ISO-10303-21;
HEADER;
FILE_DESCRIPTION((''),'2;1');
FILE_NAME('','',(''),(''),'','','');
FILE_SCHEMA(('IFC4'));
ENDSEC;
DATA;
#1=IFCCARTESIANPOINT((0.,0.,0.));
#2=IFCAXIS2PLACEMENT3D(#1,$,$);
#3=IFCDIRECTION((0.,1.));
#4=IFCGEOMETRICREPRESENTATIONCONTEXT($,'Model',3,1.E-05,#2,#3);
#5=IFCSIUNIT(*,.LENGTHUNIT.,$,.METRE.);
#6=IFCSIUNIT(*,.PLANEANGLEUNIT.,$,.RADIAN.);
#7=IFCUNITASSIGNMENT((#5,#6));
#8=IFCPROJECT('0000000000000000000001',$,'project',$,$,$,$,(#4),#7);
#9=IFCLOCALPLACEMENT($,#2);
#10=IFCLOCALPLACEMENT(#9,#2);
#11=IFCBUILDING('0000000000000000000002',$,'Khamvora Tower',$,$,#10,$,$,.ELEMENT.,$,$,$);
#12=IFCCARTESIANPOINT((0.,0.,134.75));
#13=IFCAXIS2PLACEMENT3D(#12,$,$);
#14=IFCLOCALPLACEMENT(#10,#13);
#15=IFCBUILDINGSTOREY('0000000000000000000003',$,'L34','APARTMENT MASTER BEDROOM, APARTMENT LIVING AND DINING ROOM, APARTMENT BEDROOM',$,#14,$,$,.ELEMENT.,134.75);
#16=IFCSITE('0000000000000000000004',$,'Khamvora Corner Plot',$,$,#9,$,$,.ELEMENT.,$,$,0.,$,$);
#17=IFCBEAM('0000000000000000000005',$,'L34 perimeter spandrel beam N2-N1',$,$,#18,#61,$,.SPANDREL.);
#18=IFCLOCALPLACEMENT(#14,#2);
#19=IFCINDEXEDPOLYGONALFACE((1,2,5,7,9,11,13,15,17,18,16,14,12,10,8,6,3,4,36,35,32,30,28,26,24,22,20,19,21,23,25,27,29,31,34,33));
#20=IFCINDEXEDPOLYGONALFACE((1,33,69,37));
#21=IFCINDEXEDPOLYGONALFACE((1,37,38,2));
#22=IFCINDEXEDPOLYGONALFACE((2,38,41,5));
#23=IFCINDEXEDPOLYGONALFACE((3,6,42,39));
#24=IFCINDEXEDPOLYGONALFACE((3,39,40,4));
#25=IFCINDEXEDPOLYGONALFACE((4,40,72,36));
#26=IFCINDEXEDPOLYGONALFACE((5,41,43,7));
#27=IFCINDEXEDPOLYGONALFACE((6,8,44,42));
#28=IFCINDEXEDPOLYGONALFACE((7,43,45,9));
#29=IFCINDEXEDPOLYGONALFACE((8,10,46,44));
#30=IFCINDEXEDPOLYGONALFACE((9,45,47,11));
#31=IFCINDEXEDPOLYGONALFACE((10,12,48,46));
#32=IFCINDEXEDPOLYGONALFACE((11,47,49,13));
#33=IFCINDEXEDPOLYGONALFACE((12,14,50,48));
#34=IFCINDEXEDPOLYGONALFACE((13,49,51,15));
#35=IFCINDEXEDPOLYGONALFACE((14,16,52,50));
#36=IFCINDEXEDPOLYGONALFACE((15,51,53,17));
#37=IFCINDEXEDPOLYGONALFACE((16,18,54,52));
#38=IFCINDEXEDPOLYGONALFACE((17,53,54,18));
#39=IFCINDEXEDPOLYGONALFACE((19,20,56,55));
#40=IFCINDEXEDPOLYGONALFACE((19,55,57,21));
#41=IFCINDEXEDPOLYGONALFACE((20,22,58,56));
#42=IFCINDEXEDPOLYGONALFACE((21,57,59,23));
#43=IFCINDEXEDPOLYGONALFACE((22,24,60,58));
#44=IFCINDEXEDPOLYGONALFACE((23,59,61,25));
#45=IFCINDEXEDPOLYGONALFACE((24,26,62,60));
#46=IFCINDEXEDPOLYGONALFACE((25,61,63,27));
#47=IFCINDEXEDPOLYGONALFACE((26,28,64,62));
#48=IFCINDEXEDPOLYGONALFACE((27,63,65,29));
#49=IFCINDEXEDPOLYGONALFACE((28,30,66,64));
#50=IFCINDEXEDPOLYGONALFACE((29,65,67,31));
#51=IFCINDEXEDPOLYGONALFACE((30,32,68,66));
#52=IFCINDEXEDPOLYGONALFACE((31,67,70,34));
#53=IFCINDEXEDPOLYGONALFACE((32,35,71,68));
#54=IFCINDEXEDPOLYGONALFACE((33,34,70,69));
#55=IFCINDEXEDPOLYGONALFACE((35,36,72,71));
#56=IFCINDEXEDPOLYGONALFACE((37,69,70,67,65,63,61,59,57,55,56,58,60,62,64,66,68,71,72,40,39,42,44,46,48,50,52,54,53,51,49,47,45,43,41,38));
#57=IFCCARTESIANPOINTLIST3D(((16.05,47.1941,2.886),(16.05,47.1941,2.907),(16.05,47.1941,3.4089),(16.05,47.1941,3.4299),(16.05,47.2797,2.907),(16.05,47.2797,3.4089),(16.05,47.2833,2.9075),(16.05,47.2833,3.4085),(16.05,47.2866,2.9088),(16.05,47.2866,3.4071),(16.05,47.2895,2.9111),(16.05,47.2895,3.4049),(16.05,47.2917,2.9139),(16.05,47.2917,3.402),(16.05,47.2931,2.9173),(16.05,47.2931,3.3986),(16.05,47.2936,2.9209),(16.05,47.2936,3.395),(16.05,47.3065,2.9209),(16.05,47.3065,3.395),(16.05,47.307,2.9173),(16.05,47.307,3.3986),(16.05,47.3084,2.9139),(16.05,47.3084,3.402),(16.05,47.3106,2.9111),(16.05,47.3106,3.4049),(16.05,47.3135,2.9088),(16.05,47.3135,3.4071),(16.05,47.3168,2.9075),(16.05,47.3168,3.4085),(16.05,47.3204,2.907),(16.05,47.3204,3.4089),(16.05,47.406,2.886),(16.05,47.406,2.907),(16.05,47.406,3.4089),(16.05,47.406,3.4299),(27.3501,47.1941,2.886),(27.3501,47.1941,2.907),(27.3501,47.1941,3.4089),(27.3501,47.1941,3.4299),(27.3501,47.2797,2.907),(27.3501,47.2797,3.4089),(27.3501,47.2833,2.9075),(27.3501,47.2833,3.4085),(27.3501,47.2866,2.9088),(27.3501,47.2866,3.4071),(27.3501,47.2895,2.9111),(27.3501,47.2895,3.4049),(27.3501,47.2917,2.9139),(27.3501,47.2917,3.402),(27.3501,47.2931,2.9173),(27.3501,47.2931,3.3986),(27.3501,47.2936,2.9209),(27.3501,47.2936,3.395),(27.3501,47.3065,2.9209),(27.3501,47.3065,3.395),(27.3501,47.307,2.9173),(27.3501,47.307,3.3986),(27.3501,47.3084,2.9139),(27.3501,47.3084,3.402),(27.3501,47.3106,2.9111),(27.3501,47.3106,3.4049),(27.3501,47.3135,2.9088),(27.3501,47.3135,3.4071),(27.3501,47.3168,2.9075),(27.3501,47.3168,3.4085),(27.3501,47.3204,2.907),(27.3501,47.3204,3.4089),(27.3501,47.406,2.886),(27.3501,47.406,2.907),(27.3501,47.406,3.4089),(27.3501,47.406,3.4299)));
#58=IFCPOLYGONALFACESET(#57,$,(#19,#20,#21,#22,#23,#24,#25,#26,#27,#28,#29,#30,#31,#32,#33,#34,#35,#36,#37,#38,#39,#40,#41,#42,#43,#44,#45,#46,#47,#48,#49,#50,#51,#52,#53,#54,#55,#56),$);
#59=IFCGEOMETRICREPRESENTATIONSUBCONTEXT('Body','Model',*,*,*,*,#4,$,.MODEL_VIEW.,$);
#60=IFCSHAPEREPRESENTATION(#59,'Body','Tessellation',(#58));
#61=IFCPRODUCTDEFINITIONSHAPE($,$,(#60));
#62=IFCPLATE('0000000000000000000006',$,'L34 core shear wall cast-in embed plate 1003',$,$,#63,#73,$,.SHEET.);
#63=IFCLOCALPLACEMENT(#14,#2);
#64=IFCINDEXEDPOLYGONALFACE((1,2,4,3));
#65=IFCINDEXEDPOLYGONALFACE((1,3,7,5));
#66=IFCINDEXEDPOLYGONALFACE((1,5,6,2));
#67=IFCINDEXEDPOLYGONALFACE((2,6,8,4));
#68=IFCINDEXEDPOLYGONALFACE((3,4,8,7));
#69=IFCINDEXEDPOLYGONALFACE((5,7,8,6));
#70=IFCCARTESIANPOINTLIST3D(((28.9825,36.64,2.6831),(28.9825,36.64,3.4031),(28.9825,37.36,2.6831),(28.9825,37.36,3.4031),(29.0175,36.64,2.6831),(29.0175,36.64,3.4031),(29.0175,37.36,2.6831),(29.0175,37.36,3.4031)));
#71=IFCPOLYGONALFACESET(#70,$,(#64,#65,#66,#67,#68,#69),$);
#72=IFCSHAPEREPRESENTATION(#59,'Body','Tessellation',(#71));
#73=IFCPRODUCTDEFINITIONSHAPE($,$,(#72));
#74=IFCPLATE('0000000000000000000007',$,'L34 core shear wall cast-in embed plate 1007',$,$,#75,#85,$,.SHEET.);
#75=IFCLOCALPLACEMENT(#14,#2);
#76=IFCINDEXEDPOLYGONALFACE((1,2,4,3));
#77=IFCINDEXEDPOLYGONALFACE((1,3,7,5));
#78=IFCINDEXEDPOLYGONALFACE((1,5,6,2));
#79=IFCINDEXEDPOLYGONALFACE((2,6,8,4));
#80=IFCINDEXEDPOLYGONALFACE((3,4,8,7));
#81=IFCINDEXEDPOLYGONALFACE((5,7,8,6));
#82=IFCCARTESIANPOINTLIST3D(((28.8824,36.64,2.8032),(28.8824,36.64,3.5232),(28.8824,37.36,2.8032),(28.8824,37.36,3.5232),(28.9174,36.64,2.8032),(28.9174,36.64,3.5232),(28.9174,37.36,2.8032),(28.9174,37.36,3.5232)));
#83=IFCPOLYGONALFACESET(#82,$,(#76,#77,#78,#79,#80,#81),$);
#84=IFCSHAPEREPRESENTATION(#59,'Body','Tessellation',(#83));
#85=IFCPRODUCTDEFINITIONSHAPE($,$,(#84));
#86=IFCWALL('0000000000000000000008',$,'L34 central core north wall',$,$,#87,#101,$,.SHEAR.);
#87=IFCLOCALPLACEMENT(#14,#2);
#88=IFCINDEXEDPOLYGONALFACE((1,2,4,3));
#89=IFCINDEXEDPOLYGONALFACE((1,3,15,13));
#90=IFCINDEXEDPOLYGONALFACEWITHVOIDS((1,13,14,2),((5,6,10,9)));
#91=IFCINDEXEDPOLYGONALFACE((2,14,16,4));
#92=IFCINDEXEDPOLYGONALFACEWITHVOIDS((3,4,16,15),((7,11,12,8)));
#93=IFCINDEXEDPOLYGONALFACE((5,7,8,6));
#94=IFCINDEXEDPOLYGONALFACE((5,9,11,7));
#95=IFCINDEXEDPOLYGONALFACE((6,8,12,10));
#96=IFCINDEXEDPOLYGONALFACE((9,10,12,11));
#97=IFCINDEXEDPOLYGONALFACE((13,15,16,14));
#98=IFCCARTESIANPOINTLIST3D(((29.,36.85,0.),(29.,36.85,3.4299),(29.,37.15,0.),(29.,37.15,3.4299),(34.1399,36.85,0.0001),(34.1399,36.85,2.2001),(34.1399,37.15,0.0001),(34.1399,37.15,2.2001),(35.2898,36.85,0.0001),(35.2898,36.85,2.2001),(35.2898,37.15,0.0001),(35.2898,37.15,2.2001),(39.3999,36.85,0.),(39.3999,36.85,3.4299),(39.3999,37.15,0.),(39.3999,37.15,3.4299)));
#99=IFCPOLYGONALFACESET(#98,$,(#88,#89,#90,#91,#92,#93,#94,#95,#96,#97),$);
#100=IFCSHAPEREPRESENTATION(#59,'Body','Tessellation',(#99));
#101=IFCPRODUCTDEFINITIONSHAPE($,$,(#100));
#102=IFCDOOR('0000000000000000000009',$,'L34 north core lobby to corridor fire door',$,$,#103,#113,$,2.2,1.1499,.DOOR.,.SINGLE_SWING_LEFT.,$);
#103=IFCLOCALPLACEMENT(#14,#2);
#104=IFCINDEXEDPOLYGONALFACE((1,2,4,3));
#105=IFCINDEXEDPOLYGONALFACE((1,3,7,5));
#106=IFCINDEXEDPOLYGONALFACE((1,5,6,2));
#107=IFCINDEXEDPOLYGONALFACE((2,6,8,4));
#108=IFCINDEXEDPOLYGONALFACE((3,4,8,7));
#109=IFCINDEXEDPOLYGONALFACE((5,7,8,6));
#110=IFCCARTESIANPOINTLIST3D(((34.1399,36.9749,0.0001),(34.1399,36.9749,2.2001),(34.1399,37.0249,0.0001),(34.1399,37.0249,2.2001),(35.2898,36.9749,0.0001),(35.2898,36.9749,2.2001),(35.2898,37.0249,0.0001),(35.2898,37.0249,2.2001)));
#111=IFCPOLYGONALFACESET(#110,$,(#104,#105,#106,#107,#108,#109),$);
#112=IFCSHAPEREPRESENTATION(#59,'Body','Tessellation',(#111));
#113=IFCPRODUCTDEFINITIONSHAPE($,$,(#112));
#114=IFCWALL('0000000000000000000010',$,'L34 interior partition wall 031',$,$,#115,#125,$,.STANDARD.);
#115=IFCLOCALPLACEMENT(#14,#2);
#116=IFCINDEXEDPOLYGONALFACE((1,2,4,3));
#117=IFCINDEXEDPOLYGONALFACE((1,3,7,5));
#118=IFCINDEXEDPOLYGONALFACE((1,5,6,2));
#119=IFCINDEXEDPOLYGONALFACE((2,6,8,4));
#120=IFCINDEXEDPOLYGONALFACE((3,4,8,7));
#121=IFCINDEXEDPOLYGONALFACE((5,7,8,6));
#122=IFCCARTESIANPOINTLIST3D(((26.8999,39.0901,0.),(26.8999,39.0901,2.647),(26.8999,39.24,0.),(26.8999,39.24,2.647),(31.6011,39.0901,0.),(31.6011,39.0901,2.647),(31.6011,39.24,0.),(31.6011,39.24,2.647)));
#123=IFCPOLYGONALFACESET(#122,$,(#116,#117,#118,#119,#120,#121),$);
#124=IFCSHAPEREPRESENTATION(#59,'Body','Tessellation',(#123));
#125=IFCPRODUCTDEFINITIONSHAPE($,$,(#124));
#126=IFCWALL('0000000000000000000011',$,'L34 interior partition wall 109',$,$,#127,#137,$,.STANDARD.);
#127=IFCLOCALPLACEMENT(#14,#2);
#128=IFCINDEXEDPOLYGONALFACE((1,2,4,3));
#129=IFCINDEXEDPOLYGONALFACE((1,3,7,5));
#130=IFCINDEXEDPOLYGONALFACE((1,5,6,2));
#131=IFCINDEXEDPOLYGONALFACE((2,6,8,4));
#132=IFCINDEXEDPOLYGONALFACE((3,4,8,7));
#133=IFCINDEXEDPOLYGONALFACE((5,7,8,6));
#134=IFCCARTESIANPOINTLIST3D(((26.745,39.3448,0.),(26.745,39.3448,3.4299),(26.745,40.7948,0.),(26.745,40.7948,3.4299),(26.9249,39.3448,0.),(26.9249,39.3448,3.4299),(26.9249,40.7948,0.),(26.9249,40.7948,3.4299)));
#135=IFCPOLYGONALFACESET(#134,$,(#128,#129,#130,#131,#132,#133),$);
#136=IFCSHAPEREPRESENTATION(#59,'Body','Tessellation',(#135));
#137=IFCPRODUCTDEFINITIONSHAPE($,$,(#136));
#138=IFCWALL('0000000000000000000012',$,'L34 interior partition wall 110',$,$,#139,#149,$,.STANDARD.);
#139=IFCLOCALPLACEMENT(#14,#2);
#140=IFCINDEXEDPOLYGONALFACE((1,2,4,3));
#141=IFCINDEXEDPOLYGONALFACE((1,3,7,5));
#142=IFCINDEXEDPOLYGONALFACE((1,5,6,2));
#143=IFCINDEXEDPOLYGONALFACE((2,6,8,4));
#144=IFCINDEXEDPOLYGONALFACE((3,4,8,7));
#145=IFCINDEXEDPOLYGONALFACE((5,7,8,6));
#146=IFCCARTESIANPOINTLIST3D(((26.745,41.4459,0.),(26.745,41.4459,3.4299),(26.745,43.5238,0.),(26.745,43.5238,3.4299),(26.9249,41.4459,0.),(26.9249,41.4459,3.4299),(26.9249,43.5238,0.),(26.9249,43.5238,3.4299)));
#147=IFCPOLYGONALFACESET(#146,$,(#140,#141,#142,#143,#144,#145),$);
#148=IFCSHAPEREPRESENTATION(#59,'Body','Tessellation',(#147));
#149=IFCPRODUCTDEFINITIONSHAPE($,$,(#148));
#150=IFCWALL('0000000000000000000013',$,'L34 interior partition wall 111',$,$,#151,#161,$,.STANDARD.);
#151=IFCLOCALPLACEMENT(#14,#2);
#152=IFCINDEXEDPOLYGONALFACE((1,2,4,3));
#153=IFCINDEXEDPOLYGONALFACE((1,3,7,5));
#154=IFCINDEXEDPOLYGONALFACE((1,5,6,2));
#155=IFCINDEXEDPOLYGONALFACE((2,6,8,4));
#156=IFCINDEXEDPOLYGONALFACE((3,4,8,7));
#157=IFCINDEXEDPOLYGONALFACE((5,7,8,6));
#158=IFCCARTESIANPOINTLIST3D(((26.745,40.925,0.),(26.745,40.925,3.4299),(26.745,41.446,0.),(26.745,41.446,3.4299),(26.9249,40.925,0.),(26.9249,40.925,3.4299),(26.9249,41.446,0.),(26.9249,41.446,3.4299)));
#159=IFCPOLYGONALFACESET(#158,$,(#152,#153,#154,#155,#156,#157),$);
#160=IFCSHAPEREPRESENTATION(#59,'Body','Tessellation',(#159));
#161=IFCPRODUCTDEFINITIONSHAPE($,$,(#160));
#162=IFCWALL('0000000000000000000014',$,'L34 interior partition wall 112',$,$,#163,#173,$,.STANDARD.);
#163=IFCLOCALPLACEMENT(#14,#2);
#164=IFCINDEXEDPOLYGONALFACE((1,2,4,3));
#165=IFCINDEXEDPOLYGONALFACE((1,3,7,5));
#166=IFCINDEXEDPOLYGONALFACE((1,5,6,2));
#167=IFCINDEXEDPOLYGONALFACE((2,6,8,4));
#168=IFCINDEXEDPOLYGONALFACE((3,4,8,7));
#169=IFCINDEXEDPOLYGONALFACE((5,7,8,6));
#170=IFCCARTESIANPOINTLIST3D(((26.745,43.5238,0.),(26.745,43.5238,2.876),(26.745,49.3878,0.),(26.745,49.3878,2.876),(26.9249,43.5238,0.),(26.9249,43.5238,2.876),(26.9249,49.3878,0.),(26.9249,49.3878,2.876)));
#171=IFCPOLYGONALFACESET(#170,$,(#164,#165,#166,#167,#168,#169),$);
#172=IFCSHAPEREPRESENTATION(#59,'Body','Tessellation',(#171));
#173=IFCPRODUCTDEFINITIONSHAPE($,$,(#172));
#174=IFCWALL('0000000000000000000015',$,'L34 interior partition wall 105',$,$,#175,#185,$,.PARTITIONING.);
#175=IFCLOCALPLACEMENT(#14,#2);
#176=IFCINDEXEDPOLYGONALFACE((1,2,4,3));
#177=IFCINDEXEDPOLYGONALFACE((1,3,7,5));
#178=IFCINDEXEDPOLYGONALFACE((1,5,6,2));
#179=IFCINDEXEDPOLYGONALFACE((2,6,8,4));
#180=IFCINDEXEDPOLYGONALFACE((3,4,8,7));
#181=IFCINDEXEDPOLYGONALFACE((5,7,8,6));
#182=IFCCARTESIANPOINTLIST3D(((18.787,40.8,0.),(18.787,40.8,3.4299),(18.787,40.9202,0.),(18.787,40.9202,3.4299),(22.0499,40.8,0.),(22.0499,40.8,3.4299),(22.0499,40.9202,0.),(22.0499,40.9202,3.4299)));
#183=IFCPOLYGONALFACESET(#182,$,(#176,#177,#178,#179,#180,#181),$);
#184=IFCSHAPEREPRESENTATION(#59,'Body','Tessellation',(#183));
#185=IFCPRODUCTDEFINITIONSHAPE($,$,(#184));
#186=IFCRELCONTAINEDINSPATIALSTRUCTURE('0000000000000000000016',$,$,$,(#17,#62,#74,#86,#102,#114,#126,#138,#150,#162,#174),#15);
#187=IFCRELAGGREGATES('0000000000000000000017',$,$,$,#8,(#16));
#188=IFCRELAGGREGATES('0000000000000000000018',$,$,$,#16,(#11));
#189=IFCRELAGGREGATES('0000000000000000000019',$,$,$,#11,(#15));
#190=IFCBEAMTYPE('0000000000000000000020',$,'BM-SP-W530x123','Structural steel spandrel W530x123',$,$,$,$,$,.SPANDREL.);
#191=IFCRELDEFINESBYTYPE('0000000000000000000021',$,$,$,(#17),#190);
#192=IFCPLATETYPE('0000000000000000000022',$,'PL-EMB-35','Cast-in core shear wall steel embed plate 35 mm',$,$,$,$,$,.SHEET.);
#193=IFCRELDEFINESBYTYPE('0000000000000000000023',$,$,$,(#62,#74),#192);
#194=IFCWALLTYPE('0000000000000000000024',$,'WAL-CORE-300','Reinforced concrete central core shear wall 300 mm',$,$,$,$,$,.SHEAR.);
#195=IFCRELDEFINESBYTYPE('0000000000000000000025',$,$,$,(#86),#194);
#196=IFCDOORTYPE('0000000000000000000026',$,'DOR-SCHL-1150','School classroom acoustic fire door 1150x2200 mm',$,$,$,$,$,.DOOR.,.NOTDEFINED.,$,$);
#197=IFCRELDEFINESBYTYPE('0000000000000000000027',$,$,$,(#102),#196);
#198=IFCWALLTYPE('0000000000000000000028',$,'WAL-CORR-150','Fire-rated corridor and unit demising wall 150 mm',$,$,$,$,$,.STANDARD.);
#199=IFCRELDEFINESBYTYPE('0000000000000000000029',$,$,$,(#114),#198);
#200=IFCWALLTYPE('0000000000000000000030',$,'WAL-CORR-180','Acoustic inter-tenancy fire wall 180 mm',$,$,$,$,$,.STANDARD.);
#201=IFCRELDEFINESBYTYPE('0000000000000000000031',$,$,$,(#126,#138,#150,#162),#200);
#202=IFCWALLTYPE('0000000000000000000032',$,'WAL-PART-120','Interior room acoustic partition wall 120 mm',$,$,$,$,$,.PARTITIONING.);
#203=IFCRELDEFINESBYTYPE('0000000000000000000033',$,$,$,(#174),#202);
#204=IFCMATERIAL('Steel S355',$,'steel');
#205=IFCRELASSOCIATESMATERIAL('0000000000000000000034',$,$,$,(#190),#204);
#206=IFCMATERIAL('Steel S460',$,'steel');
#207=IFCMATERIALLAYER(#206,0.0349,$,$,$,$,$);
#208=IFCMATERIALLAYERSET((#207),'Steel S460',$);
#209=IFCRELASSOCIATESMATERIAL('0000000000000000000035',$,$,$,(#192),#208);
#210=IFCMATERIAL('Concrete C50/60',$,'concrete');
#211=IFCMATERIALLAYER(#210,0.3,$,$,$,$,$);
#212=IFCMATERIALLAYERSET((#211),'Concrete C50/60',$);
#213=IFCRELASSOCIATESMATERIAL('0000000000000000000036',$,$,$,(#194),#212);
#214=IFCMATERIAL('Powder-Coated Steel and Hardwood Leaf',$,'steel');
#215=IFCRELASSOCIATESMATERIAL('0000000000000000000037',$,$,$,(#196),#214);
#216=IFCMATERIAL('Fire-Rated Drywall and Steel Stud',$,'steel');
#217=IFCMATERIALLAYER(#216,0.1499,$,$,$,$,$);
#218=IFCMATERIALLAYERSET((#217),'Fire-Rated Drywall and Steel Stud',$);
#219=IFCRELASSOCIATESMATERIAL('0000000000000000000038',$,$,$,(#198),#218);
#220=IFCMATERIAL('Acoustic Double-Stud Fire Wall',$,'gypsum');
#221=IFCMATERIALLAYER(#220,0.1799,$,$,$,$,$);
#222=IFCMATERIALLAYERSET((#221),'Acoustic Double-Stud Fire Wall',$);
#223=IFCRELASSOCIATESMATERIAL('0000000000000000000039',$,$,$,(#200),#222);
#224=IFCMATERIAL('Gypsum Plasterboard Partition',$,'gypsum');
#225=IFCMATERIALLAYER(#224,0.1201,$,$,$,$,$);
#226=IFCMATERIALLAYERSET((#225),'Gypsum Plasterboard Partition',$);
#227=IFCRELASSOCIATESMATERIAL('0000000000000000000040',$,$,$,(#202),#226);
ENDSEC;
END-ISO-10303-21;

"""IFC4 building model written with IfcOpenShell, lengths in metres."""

from ifc_helpers import new_model, si_unit, direction, frame, frame_2d, origin, origin_2d, place, context, subcontext, project, spatial, rectangle, i_section, extrude, material, layer, layer_set, material_profile, profile_set, type_object, element, fill, save


model = new_model("IFC4")

# Units and contexts
model_context = context("Model", 3, precision=1e-05, world=origin(), true_north=direction((0.0, 1.0)))
body_context = subcontext(model_context, "Body", "Model", "MODEL_VIEW")
ifc_project = project(units=[si_unit("LENGTHUNIT", "METRE"), si_unit("PLANEANGLEUNIT", "RADIAN")], contexts=[model_context])

# Site, building, storey
site_placement = place(None, origin())
site = spatial("IfcSite", under=ifc_project, at=site_placement, Name="Khamvora Corner Plot", CompositionType="ELEMENT", RefElevation=0.0)
building_placement = place(site_placement, origin())
building = spatial("IfcBuilding", under=site, at=building_placement, Name="Khamvora Tower", CompositionType="ELEMENT")
storey_placement = place(building_placement, frame((0.0, 0.0, 134.75)))
storey = spatial("IfcBuildingStorey", under=building, at=storey_placement, Name="L34", Description="APARTMENT MASTER BEDROOM, APARTMENT LIVING AND DINING ROOM, APARTMENT BEDROOM", CompositionType="ELEMENT", Elevation=134.75)

# Shared definitions
ifc_material_1 = material(Name="Steel S460", Category="steel")
ifc_material_2 = material(Name="Steel S355", Category="steel")

# Beam
ifc_material_profile_1 = material_profile(ifc_material_2, i_section(OverallWidth=0.2119, OverallDepth=0.5439, WebThickness=0.0129, FlangeThickness=0.021, FilletRadius=0.0139, at=origin_2d()), Name="W530x123")
ifc_profile_set_1 = profile_set([ifc_material_profile_1], Name="Steel S355")
beam_type_1 = type_object("IfcBeamType", Name="BM-SP-W530x123", Description="Structural steel spandrel W530x123", PredefinedType="SPANDREL", material=ifc_profile_set_1)
beam_1_placement = place(storey_placement, frame((27.3501, 47.3, 3.158), z_axis=(-1.0, 0.0, 0.0), x_axis=(0.0, -1.0, 0.0)))
element("IfcBeam", 1, at=beam_1_placement, inside=storey, type_object=beam_type_1, Name="L34 perimeter spandrel beam N2-N1", PredefinedType="SPANDREL", context=body_context, shape_type="SweptSolid", body=[
    extrude(i_section(OverallWidth=0.2119, OverallDepth=0.5439, WebThickness=0.0129, FlangeThickness=0.021, FilletRadius=0.0139, at=origin_2d()), origin(), (0.0, 0.0, 1.0), 11.3),
])

# Plates
ifc_layer_1 = layer(ifc_material_1, 0.0349)
ifc_layer_set_1 = layer_set([ifc_layer_1], Name="Steel S460")
plate_type = type_object("IfcPlateType", Name="PL-EMB-35", Description="Cast-in core shear wall steel embed plate 35 mm", PredefinedType="SHEET", material=ifc_layer_set_1)
for number, where, z_axis, x_axis, name in (
    (2, (29.0, 37.0, 2.6831), (0.0, 0.0, 1.0), (1.0, 0.0, 0.0), "L34 core shear wall cast-in embed plate 1003"),
    (3, (28.8999, 37.0, 2.8032), (0.0, 0.0, 1.0), (1.0, 0.0, 0.0), "L34 core shear wall cast-in embed plate 1007"),
):
    element("IfcPlate", number, at=place(storey_placement, frame(where, z_axis=z_axis, x_axis=x_axis)), inside=storey, type_object=plate_type, Name=name, PredefinedType="SHEET", context=body_context, shape_type="SweptSolid", body=[
        extrude(rectangle(XDim=0.0349, YDim=0.72, at=origin_2d()), origin(), (0.0, 0.0, 1.0), 0.72),
    ])

# Wall, opening, door
ifc_material_3 = material(Name="Concrete C50/60", Category="concrete")
ifc_layer_2 = layer(ifc_material_3, 0.3)
ifc_layer_set_2 = layer_set([ifc_layer_2], Name="Concrete C50/60")
wall_type_1 = type_object("IfcWallType", Name="WAL-CORE-300", Description="Reinforced concrete central core shear wall 300 mm", PredefinedType="SHEAR", material=ifc_layer_set_2)
wall_1_placement = place(storey_placement, frame((29.0, 37.0, 0.0), z_axis=(0.0, 0.0, 1.0), x_axis=(1.0, 0.0, 0.0)))
wall_1 = element("IfcWall", 4, at=wall_1_placement, inside=storey, type_object=wall_type_1, Name="L34 central core north wall", PredefinedType="SHEAR", context=body_context, shape_type="SweptSolid", body=[
    extrude(rectangle(XDim=10.3999, YDim=0.3, at=frame_2d((5.2, 0.0))), origin(), (0.0, 0.0, 1.0), 3.4299),
])
opening_1_placement = place(wall_1_placement, frame((5.1399, 0.0, 0.0)))
opening_1 = element("IfcOpeningElement", 5, at=opening_1_placement, cuts=wall_1, PredefinedType="OPENING", context=body_context, shape_type="SweptSolid", body=[
    extrude(rectangle(XDim=1.1499, YDim=2.2, at=frame_2d((0.575, 1.1001))), frame((0.0, 0.1599, 0.0), z_axis=(0.0, -1.0, 0.0), x_axis=(1.0, 0.0, 0.0)), (0.0, 0.0, 1.0), 0.3201),
])
ifc_material_4 = material(Name="Powder-Coated Steel and Hardwood Leaf", Category="steel")
door_type_1 = type_object("IfcDoorType", Name="DOR-SCHL-1150", Description="School classroom acoustic fire door 1150x2200 mm", OperationType="NOTDEFINED", PredefinedType="DOOR", material=ifc_material_4)
door_1_placement = place(opening_1_placement, origin())
door_1 = element("IfcDoor", 6, at=door_1_placement, inside=storey, type_object=door_type_1, Name="L34 north core lobby to corridor fire door", OperationType="SINGLE_SWING_LEFT", OverallHeight=2.2, OverallWidth=1.1499, PredefinedType="DOOR", context=body_context, shape_type="SweptSolid", body=[
    extrude(rectangle(XDim=1.1499, YDim=2.2, at=frame_2d((0.575, 1.1001))), frame((0.0, 0.0249, 0.0), z_axis=(0.0, -1.0, 0.0), x_axis=(1.0, 0.0, 0.0)), (0.0, 0.0, 1.0), 0.05),
])
fill(opening_1, door_1)

# Walls
ifc_material_5 = material(Name="Fire-Rated Drywall and Steel Stud", Category="steel")
ifc_layer_3 = layer(ifc_material_5, 0.1499)
ifc_layer_set_3 = layer_set([ifc_layer_3], Name="Fire-Rated Drywall and Steel Stud")
wall_type_2 = type_object("IfcWallType", Name="WAL-CORR-150", Description="Fire-rated corridor and unit demising wall 150 mm", PredefinedType="STANDARD", material=ifc_layer_set_3)
wall_2_placement = place(storey_placement, frame((26.8999, 39.165, 0.0), z_axis=(0.0, 0.0, 1.0), x_axis=(1.0, 0.0, 0.0)))
element("IfcWall", 7, at=wall_2_placement, inside=storey, type_object=wall_type_2, Name="L34 interior partition wall 031", PredefinedType="STANDARD", context=body_context, shape_type="SweptSolid", body=[
    extrude(rectangle(XDim=4.7012, YDim=0.1499, at=frame_2d((2.3506, 0.0))), origin(), (0.0, 0.0, 1.0), 2.647),
])
ifc_material_6 = material(Name="Acoustic Double-Stud Fire Wall", Category="gypsum")
ifc_layer_4 = layer(ifc_material_6, 0.1799)
ifc_layer_set_4 = layer_set([ifc_layer_4], Name="Acoustic Double-Stud Fire Wall")
wall_type_3 = type_object("IfcWallType", Name="WAL-CORR-180", Description="Acoustic inter-tenancy fire wall 180 mm", PredefinedType="STANDARD", material=ifc_layer_set_4)
wall_3_placement = place(storey_placement, frame((26.835, 40.7949, 0.0), z_axis=(0.0, 0.0, 1.0), x_axis=(0.0, -1.0, 0.0)))
element("IfcWall", 8, at=wall_3_placement, inside=storey, type_object=wall_type_3, Name="L34 interior partition wall 109", PredefinedType="STANDARD", context=body_context, shape_type="SweptSolid", body=[
    extrude(rectangle(XDim=1.45, YDim=0.1799, at=frame_2d((0.7251, 0.0))), origin(), (0.0, 0.0, 1.0), 3.4299),
])
wall_4_placement = place(storey_placement, frame((26.835, 43.5239, 0.0), z_axis=(0.0, 0.0, 1.0), x_axis=(0.0, -1.0, 0.0)))
element("IfcWall", 9, at=wall_4_placement, inside=storey, type_object=wall_type_3, Name="L34 interior partition wall 110", PredefinedType="STANDARD", context=body_context, shape_type="SweptSolid", body=[
    extrude(rectangle(XDim=2.0779, YDim=0.1799, at=frame_2d((1.0391, 0.0))), origin(), (0.0, 0.0, 1.0), 3.4299),
])
wall_5_placement = place(storey_placement, frame((26.835, 41.446, 0.0), z_axis=(0.0, 0.0, 1.0), x_axis=(0.0, -1.0, 0.0)))
element("IfcWall", 10, at=wall_5_placement, inside=storey, type_object=wall_type_3, Name="L34 interior partition wall 111", PredefinedType="STANDARD", context=body_context, shape_type="SweptSolid", body=[
    extrude(rectangle(XDim=0.521, YDim=0.1799, at=frame_2d((0.2605, 0.0))), origin(), (0.0, 0.0, 1.0), 3.4299),
])
wall_6_placement = place(storey_placement, frame((26.835, 49.3879, 0.0), z_axis=(0.0, 0.0, 1.0), x_axis=(0.0, -1.0, 0.0)))
element("IfcWall", 11, at=wall_6_placement, inside=storey, type_object=wall_type_3, Name="L34 interior partition wall 112", PredefinedType="STANDARD", context=body_context, shape_type="SweptSolid", body=[
    extrude(rectangle(XDim=5.864, YDim=0.1799, at=frame_2d((2.9321, 0.0))), origin(), (0.0, 0.0, 1.0), 2.876),
])
ifc_material_7 = material(Name="Gypsum Plasterboard Partition", Category="gypsum")
ifc_layer_5 = layer(ifc_material_7, 0.1201)
ifc_layer_set_5 = layer_set([ifc_layer_5], Name="Gypsum Plasterboard Partition")
wall_type_4 = type_object("IfcWallType", Name="WAL-PART-120", Description="Interior room acoustic partition wall 120 mm", PredefinedType="PARTITIONING", material=ifc_layer_set_5)
wall_7_placement = place(storey_placement, frame((18.7871, 40.8601, 0.0), z_axis=(0.0, 0.0, 1.0), x_axis=(1.0, 0.0, 0.0)))
element("IfcWall", 12, at=wall_7_placement, inside=storey, type_object=wall_type_4, Name="L34 interior partition wall 105", PredefinedType="PARTITIONING", context=body_context, shape_type="SweptSolid", body=[
    extrude(rectangle(XDim=3.2629, YDim=0.1201, at=frame_2d((1.6313, 0.0))), origin(), (0.0, 0.0, 1.0), 3.4299),
])

save(model, "model.ifc")
